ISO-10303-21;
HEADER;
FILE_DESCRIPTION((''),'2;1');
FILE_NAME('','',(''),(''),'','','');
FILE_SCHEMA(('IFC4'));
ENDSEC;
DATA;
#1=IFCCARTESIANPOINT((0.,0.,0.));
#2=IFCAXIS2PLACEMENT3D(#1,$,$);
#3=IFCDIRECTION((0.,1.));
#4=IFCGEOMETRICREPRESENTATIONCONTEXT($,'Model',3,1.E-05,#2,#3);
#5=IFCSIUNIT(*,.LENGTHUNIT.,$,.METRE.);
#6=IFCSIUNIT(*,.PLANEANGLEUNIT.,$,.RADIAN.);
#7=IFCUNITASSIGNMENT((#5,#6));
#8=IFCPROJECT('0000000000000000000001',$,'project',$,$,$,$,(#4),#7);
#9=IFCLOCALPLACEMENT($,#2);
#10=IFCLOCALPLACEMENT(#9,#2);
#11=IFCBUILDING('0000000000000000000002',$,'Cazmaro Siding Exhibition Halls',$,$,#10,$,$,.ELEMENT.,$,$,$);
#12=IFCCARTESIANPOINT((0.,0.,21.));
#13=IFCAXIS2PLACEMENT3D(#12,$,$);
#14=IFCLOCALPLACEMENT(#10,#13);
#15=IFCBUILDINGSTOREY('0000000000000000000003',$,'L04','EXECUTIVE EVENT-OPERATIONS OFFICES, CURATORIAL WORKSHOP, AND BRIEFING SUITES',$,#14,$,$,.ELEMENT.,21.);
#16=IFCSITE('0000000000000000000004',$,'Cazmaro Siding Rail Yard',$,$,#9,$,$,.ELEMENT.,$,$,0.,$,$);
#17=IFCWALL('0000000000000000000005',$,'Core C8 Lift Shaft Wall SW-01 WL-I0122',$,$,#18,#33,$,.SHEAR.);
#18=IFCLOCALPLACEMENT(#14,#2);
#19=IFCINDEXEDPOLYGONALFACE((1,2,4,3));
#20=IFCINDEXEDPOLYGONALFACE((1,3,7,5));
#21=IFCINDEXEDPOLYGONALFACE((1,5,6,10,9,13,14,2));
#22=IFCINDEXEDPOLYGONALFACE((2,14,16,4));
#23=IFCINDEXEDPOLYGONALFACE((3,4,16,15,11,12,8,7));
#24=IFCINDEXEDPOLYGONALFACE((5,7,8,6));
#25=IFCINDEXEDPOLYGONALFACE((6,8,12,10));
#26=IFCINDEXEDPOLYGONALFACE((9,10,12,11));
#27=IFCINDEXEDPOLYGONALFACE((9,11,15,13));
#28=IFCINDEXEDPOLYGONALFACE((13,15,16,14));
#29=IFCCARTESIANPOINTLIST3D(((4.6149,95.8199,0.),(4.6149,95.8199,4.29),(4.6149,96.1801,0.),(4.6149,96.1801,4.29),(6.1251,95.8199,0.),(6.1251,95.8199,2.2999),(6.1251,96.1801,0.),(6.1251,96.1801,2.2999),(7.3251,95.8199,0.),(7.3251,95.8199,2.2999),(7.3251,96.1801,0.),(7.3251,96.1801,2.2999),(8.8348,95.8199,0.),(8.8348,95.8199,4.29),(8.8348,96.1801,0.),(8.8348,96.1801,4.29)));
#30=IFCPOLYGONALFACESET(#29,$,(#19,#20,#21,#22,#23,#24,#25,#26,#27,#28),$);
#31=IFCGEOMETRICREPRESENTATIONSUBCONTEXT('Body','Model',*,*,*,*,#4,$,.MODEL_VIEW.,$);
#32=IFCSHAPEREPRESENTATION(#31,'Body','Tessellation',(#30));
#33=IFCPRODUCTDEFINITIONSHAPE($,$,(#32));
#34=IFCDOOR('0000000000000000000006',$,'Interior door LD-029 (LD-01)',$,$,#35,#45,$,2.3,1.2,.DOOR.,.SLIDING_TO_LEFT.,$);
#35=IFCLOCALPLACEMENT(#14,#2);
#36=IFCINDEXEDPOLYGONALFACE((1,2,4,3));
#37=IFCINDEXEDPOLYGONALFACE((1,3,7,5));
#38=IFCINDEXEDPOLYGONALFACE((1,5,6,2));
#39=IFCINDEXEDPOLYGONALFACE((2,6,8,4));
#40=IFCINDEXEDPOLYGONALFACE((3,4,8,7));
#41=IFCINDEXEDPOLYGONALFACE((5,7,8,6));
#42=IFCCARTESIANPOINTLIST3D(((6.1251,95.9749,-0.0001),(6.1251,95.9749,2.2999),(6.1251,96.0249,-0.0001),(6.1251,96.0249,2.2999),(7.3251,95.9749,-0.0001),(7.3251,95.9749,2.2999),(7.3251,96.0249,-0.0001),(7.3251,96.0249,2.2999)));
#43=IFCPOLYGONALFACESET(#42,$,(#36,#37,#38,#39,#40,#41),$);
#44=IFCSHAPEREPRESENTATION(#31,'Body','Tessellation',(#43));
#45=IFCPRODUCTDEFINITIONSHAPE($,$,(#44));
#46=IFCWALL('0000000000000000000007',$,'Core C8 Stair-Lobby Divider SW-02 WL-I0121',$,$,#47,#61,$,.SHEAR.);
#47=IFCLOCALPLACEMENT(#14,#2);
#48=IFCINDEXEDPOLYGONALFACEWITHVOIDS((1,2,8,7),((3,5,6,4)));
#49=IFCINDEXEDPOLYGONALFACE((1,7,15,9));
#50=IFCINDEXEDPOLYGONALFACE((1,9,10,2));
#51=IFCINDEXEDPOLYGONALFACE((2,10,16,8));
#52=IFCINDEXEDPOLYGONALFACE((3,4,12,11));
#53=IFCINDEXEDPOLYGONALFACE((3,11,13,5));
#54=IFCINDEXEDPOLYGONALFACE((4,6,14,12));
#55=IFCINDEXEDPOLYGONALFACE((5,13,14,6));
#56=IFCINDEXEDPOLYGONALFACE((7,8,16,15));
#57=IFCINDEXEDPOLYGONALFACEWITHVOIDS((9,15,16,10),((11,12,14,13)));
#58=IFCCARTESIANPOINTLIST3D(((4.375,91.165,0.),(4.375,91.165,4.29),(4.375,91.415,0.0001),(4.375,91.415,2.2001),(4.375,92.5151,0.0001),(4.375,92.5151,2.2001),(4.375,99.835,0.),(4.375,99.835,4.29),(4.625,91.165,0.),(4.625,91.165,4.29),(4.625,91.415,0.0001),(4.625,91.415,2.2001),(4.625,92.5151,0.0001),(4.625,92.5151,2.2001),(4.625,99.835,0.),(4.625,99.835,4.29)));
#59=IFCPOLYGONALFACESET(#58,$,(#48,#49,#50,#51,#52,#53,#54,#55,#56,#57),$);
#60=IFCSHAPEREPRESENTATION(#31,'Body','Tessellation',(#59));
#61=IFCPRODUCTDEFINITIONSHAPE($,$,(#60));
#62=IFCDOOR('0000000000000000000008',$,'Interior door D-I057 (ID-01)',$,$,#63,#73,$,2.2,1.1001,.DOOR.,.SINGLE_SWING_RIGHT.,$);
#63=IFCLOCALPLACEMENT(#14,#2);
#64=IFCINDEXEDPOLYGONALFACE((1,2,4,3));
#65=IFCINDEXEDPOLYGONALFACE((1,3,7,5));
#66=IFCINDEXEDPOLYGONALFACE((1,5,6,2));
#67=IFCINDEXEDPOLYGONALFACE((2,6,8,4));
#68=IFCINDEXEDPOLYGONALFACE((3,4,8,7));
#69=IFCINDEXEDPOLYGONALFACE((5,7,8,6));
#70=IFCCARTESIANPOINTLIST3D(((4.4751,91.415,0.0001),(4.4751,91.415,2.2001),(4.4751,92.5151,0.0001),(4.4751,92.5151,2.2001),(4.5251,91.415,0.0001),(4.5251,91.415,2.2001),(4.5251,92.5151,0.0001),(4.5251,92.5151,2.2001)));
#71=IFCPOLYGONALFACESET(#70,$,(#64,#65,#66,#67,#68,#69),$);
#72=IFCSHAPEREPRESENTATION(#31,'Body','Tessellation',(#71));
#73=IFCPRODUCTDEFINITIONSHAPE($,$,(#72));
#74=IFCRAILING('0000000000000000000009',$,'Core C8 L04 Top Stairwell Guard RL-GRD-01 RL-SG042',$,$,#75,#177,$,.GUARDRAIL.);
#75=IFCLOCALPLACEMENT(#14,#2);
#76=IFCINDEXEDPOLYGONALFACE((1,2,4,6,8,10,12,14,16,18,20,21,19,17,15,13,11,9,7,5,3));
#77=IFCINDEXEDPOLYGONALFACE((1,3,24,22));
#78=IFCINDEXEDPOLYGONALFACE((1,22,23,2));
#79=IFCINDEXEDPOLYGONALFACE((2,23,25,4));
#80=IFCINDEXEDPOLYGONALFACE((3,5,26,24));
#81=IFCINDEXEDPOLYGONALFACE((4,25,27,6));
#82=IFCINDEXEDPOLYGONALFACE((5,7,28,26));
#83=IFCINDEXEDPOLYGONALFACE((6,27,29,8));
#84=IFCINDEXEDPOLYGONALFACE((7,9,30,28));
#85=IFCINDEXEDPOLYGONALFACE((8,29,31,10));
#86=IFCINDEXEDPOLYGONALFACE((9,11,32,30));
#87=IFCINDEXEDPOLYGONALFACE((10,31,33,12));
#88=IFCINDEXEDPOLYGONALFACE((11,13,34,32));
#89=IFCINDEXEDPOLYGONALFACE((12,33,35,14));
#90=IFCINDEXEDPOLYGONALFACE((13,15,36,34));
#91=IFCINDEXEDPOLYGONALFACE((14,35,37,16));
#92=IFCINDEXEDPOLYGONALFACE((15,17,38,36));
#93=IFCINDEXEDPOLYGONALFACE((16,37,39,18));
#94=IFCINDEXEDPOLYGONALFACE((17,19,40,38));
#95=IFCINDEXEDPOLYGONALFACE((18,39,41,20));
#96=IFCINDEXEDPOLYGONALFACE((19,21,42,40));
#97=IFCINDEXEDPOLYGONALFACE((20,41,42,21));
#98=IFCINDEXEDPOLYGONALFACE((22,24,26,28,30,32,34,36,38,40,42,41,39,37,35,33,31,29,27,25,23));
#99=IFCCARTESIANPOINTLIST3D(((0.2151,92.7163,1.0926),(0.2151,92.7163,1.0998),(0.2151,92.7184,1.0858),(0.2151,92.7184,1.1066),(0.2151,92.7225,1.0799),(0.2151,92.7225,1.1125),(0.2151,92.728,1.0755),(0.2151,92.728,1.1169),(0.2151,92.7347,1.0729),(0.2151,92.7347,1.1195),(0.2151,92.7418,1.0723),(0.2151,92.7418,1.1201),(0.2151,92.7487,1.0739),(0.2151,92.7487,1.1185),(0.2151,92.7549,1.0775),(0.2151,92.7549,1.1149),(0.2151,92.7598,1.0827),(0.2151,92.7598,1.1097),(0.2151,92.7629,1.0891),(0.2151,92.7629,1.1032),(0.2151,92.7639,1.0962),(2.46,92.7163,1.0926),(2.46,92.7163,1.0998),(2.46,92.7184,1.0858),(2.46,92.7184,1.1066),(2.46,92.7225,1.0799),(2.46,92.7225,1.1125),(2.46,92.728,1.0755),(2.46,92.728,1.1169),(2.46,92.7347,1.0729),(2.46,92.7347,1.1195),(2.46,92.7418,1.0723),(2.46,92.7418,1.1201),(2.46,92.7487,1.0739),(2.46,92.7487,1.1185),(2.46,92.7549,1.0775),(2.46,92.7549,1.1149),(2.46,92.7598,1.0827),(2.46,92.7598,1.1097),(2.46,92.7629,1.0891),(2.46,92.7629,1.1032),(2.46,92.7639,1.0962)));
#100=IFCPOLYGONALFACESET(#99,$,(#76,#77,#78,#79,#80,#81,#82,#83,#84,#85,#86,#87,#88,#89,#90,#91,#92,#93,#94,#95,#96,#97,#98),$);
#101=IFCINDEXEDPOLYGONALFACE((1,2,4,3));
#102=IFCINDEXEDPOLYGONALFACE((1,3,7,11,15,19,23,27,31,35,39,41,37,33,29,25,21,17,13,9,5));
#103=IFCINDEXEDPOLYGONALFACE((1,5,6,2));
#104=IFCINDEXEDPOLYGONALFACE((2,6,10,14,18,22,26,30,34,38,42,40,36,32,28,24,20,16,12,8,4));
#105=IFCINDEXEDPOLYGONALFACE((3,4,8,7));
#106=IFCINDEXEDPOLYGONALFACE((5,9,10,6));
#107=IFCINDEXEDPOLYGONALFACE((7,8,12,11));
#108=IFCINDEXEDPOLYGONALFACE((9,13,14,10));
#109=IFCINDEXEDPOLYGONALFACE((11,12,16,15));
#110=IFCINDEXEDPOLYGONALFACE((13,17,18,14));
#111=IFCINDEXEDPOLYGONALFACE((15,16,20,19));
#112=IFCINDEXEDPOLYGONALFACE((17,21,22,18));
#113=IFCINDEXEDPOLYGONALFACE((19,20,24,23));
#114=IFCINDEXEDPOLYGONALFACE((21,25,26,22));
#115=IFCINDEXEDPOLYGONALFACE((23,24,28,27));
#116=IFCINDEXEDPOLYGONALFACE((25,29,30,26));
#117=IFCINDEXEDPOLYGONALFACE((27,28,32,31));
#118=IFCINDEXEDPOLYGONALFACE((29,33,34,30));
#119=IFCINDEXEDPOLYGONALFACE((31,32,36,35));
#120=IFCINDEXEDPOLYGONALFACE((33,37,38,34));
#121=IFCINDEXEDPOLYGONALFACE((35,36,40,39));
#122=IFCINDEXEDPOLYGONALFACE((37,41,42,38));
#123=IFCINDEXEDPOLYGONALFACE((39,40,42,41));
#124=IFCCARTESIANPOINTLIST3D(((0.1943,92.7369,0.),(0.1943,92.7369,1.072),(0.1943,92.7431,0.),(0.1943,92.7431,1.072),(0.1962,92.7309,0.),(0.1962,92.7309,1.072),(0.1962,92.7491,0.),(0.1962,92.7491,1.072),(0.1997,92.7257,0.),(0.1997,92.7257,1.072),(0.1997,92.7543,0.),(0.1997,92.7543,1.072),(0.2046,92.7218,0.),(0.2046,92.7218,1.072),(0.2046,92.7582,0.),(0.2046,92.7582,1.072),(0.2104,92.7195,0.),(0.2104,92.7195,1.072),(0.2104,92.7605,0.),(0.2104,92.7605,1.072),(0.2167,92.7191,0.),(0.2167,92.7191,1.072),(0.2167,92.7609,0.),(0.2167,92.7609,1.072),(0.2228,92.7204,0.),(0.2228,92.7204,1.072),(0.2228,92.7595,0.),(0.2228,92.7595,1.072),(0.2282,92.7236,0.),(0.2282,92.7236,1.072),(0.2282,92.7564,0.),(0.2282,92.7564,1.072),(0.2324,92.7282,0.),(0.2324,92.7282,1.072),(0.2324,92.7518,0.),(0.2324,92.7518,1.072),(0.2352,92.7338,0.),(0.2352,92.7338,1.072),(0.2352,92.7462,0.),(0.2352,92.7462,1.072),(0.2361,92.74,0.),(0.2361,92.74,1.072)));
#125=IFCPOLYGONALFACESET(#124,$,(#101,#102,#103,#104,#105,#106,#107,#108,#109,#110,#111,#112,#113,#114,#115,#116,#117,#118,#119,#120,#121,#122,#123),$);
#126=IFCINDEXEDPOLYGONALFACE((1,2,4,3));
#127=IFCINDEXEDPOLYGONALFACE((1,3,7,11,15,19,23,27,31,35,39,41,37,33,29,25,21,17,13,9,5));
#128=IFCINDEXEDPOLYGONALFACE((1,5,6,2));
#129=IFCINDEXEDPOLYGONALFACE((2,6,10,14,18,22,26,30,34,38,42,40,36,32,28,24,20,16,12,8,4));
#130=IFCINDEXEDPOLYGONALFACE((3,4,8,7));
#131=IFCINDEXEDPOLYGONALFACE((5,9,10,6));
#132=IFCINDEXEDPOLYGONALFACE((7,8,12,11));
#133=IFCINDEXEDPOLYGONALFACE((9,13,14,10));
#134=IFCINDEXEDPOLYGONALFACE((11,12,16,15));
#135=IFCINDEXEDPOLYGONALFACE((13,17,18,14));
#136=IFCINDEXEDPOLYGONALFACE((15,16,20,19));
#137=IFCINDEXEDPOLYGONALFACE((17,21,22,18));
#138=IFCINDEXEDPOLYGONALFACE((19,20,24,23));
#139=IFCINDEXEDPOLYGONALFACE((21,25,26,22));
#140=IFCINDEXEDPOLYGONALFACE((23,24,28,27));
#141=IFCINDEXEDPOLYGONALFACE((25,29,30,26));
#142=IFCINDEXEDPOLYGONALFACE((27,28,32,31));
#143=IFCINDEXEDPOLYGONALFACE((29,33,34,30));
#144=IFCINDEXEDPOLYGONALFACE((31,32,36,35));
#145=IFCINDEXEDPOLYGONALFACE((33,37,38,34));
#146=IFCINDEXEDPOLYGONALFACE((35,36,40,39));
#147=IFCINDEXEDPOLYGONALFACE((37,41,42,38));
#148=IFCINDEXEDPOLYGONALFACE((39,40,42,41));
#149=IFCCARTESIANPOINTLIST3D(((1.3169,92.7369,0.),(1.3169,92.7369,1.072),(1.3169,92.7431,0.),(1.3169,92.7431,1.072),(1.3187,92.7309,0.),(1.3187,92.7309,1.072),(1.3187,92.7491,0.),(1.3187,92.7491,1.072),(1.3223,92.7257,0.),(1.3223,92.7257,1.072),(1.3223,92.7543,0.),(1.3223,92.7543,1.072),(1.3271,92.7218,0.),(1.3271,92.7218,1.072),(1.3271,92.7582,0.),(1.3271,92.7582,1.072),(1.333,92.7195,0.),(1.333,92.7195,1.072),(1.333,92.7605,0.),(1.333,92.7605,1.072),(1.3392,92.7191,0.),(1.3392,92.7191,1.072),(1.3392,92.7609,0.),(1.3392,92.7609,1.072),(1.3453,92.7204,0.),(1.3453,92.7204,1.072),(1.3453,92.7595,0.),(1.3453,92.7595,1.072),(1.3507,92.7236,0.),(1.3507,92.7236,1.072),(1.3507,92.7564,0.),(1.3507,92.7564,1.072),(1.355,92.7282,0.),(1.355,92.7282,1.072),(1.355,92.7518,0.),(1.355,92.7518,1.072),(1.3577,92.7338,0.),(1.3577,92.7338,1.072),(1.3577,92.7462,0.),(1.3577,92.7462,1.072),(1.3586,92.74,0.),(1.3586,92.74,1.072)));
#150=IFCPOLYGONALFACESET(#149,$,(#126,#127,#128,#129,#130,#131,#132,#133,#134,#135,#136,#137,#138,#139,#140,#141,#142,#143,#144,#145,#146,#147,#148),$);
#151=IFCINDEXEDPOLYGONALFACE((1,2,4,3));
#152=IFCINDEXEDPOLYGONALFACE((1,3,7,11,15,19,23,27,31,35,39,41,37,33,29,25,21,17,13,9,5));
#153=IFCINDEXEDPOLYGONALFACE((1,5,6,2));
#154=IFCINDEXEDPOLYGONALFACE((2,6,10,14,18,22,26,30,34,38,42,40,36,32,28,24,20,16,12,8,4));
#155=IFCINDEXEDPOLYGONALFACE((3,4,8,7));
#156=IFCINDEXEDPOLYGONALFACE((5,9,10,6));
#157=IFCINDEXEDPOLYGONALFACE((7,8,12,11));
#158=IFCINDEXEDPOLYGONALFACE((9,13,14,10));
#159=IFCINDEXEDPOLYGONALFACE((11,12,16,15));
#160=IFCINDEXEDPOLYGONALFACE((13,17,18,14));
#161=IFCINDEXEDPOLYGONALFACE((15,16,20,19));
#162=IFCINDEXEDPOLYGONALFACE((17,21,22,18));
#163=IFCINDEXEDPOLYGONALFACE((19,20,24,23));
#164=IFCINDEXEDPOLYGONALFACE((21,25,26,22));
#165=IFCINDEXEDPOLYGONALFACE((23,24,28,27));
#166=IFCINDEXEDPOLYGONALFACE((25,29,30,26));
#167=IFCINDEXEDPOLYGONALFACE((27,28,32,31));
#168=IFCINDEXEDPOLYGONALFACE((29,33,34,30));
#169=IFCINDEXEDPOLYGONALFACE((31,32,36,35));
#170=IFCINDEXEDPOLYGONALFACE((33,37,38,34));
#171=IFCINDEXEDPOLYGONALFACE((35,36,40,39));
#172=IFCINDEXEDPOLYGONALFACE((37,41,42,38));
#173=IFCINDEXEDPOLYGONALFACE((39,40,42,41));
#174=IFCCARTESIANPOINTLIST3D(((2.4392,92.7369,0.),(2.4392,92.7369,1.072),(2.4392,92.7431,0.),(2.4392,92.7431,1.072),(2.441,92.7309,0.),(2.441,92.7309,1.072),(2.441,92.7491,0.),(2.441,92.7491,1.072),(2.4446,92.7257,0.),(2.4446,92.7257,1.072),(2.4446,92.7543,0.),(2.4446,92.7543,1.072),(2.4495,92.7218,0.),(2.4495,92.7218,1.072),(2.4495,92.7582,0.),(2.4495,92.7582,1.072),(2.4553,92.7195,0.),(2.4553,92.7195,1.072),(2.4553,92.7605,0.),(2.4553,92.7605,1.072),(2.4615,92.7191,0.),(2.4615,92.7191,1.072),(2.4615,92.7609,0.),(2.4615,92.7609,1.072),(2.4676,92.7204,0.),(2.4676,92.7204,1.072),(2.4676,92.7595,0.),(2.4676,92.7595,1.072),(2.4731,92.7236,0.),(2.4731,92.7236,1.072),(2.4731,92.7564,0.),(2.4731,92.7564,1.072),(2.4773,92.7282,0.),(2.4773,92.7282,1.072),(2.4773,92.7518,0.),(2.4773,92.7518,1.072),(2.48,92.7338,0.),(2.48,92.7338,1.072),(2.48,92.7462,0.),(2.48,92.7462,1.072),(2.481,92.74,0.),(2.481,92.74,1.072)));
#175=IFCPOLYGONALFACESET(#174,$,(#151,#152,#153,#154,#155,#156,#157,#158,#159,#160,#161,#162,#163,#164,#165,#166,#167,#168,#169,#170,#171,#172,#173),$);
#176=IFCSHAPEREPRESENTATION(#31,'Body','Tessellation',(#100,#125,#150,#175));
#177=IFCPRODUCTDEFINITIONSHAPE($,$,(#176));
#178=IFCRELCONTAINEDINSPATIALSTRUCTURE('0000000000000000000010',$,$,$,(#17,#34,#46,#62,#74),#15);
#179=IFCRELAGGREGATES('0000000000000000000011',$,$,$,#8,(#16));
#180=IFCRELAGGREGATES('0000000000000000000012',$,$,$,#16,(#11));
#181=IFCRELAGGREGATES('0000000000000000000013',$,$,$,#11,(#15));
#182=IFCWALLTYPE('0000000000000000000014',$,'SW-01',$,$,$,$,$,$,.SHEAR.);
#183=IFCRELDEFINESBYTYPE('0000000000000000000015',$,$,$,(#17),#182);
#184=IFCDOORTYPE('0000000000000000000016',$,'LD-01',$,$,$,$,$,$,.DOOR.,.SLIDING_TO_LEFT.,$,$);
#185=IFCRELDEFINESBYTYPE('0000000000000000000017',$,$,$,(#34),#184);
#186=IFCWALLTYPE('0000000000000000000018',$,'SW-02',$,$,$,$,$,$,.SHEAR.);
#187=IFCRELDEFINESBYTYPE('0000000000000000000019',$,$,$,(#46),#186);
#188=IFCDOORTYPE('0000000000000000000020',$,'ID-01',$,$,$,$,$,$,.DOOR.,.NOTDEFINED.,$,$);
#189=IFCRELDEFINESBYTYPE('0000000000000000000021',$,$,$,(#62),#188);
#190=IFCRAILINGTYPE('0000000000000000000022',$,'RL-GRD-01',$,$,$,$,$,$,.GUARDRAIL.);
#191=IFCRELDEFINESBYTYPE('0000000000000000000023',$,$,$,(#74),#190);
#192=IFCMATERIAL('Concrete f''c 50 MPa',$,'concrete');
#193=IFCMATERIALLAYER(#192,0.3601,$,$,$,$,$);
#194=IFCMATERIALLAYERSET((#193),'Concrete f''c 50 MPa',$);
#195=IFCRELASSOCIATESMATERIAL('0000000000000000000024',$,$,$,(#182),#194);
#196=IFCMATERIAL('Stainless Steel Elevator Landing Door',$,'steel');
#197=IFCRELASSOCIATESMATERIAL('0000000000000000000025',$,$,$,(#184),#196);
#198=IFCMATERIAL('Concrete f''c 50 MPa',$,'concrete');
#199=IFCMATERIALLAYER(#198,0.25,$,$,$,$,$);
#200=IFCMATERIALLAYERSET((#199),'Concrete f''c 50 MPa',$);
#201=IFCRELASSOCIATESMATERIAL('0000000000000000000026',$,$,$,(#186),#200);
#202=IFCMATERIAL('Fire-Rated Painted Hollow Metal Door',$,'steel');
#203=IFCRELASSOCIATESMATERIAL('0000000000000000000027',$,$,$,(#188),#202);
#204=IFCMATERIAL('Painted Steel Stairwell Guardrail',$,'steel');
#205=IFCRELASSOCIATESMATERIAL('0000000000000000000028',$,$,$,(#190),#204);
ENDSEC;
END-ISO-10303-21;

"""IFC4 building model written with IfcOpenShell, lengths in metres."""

from ifc_helpers import new_model, si_unit, direction, frame, frame_2d, origin, origin_2d, place, context, subcontext, project, spatial, rectangle, circle, extrude, material, layer, layer_set, type_object, element, fill, save


model = new_model("IFC4")

# Units and contexts
model_context = context("Model", 3, precision=1e-05, world=origin(), true_north=direction((0.0, 1.0)))
body_context = subcontext(model_context, "Body", "Model", "MODEL_VIEW")
ifc_project = project(units=[si_unit("LENGTHUNIT", "METRE"), si_unit("PLANEANGLEUNIT", "RADIAN")], contexts=[model_context])

# Site, building, storey
site_placement = place(None, origin())
site = spatial("IfcSite", under=ifc_project, at=site_placement, Name="Cazmaro Siding Rail Yard", CompositionType="ELEMENT", RefElevation=0.0)
building_placement = place(site_placement, origin())
building = spatial("IfcBuilding", under=site, at=building_placement, Name="Cazmaro Siding Exhibition Halls", CompositionType="ELEMENT")
storey_placement = place(building_placement, frame((0.0, 0.0, 21.0)))
storey = spatial("IfcBuildingStorey", under=building, at=storey_placement, Name="L04", Description="EXECUTIVE EVENT-OPERATIONS OFFICES, CURATORIAL WORKSHOP, AND BRIEFING SUITES", CompositionType="ELEMENT", Elevation=21.0)

# Shared definitions
ifc_material_1 = material(Name="Concrete f'c 50 MPa", Category="concrete")
ifc_layer_1 = layer(ifc_material_1, 0.3601)
ifc_layer_set_1 = layer_set([ifc_layer_1], Name="Concrete f'c 50 MPa")
wall_type_1 = type_object("IfcWallType", Name="SW-01", PredefinedType="SHEAR", material=ifc_layer_set_1)

# Walls, openings, doors
wall_1_placement = place(storey_placement, frame((4.615, 96.0, 0.0), z_axis=(0.0, 0.0, 1.0), x_axis=(1.0, 0.0, 0.0)))
wall_1 = element("IfcWall", 1, at=wall_1_placement, inside=storey, type_object=wall_type_1, Name="Core C8 Lift Shaft Wall SW-01 WL-I0122", PredefinedType="SHEAR", context=body_context, shape_type="SweptSolid", body=[
    extrude(rectangle(XDim=4.22, YDim=0.3601, at=frame_2d((2.1099, 0.0))), origin(), (0.0, 0.0, 1.0), 4.29),
])
opening_1_placement = place(wall_1_placement, frame((1.51, 0.0, 0.0)))
opening_1 = element("IfcOpeningElement", 2, at=opening_1_placement, cuts=wall_1, PredefinedType="OPENING", context=body_context, shape_type="SweptSolid", body=[
    extrude(rectangle(XDim=1.2, YDim=2.3, at=frame_2d((0.6001, 1.1499))), frame((0.0, 0.1899, 0.0), z_axis=(0.0, -1.0, 0.0), x_axis=(1.0, 0.0, 0.0)), (0.0, 0.0, 1.0), 0.3801),
])
ifc_material_2 = material(Name="Stainless Steel Elevator Landing Door", Category="steel")
door_type_1 = type_object("IfcDoorType", Name="LD-01", OperationType="SLIDING_TO_LEFT", PredefinedType="DOOR", material=ifc_material_2)
door_1_placement = place(opening_1_placement, origin())
door_1 = element("IfcDoor", 3, at=door_1_placement, inside=storey, type_object=door_type_1, Name="Interior door LD-029 (LD-01)", OperationType="SLIDING_TO_LEFT", OverallHeight=2.3, OverallWidth=1.2, PredefinedType="DOOR", context=body_context, shape_type="SweptSolid", body=[
    extrude(rectangle(XDim=1.2, YDim=2.3, at=frame_2d((0.6001, 1.1499))), frame((0.0, 0.0249, 0.0), z_axis=(0.0, -1.0, 0.0), x_axis=(1.0, 0.0, 0.0)), (0.0, 0.0, 1.0), 0.05),
])
fill(opening_1, door_1)
ifc_material_3 = material(Name="Concrete f'c 50 MPa", Category="concrete")
ifc_layer_2 = layer(ifc_material_3, 0.25)
ifc_layer_set_2 = layer_set([ifc_layer_2], Name="Concrete f'c 50 MPa")
wall_type_2 = type_object("IfcWallType", Name="SW-02", PredefinedType="SHEAR", material=ifc_layer_set_2)
wall_2_placement = place(storey_placement, frame((4.5, 91.165, 0.0), z_axis=(0.0, 0.0, 1.0), x_axis=(0.0, 1.0, 0.0)))
wall_2 = element("IfcWall", 4, at=wall_2_placement, inside=storey, type_object=wall_type_2, Name="Core C8 Stair-Lobby Divider SW-02 WL-I0121", PredefinedType="SHEAR", context=body_context, shape_type="SweptSolid", body=[
    extrude(rectangle(XDim=8.6699, YDim=0.25, at=frame_2d((4.335, 0.0))), origin(), (0.0, 0.0, 1.0), 4.29),
])
opening_2_placement = place(wall_2_placement, frame((0.25, 0.0, 0.0)))
opening_2 = element("IfcOpeningElement", 5, at=opening_2_placement, cuts=wall_2, PredefinedType="OPENING", context=body_context, shape_type="SweptSolid", body=[
    extrude(rectangle(XDim=1.1001, YDim=2.2, at=frame_2d((0.55, 1.1001))), frame((0.0, 0.135, 0.0), z_axis=(0.0, -1.0, 0.0), x_axis=(1.0, 0.0, 0.0)), (0.0, 0.0, 1.0), 0.27),
])
ifc_material_4 = material(Name="Fire-Rated Painted Hollow Metal Door", Category="steel")
door_type_2 = type_object("IfcDoorType", Name="ID-01", OperationType="NOTDEFINED", PredefinedType="DOOR", material=ifc_material_4)
door_2_placement = place(opening_2_placement, origin())
door_2 = element("IfcDoor", 6, at=door_2_placement, inside=storey, type_object=door_type_2, Name="Interior door D-I057 (ID-01)", OperationType="SINGLE_SWING_RIGHT", OverallHeight=2.2, OverallWidth=1.1001, PredefinedType="DOOR", context=body_context, shape_type="SweptSolid", body=[
    extrude(rectangle(XDim=1.1001, YDim=2.2, at=frame_2d((0.55, 1.1001))), frame((0.0, 0.0249, 0.0), z_axis=(0.0, -1.0, 0.0), x_axis=(1.0, 0.0, 0.0)), (0.0, 0.0, 1.0), 0.05),
])
fill(opening_2, door_2)

# Railing
ifc_material_5 = material(Name="Painted Steel Stairwell Guardrail", Category="steel")
railing_type = type_object("IfcRailingType", Name="RL-GRD-01", PredefinedType="GUARDRAIL", material=ifc_material_5)
railing_placement = place(storey_placement, frame((0.2151, 92.74, 0.0)))
element("IfcRailing", 7, at=railing_placement, inside=storey, type_object=railing_type, Name="Core C8 L04 Top Stairwell Guard RL-GRD-01 RL-SG042", PredefinedType="GUARDRAIL", context=body_context, shape_type="SweptSolid", body=[
    extrude(circle(Radius=0.0239, at=origin_2d()), frame((0.0, 0.0, 1.0962), z_axis=(1.0, 0.0, 0.0), x_axis=(0.0, 1.0, 0.0)), (0.0, 0.0, 1.0), 2.2449),
    extrude(circle(Radius=0.021, at=origin_2d()), origin(), (0.0, 0.0, 1.0), 1.072),
    extrude(circle(Radius=0.021, at=origin_2d()), frame((1.1226, 0.0, 0.0)), (0.0, 0.0, 1.0), 1.072),
    extrude(circle(Radius=0.021, at=origin_2d()), frame((2.2449, 0.0, 0.0)), (0.0, 0.0, 1.0), 1.072),
])

save(model, "model.ifc")
